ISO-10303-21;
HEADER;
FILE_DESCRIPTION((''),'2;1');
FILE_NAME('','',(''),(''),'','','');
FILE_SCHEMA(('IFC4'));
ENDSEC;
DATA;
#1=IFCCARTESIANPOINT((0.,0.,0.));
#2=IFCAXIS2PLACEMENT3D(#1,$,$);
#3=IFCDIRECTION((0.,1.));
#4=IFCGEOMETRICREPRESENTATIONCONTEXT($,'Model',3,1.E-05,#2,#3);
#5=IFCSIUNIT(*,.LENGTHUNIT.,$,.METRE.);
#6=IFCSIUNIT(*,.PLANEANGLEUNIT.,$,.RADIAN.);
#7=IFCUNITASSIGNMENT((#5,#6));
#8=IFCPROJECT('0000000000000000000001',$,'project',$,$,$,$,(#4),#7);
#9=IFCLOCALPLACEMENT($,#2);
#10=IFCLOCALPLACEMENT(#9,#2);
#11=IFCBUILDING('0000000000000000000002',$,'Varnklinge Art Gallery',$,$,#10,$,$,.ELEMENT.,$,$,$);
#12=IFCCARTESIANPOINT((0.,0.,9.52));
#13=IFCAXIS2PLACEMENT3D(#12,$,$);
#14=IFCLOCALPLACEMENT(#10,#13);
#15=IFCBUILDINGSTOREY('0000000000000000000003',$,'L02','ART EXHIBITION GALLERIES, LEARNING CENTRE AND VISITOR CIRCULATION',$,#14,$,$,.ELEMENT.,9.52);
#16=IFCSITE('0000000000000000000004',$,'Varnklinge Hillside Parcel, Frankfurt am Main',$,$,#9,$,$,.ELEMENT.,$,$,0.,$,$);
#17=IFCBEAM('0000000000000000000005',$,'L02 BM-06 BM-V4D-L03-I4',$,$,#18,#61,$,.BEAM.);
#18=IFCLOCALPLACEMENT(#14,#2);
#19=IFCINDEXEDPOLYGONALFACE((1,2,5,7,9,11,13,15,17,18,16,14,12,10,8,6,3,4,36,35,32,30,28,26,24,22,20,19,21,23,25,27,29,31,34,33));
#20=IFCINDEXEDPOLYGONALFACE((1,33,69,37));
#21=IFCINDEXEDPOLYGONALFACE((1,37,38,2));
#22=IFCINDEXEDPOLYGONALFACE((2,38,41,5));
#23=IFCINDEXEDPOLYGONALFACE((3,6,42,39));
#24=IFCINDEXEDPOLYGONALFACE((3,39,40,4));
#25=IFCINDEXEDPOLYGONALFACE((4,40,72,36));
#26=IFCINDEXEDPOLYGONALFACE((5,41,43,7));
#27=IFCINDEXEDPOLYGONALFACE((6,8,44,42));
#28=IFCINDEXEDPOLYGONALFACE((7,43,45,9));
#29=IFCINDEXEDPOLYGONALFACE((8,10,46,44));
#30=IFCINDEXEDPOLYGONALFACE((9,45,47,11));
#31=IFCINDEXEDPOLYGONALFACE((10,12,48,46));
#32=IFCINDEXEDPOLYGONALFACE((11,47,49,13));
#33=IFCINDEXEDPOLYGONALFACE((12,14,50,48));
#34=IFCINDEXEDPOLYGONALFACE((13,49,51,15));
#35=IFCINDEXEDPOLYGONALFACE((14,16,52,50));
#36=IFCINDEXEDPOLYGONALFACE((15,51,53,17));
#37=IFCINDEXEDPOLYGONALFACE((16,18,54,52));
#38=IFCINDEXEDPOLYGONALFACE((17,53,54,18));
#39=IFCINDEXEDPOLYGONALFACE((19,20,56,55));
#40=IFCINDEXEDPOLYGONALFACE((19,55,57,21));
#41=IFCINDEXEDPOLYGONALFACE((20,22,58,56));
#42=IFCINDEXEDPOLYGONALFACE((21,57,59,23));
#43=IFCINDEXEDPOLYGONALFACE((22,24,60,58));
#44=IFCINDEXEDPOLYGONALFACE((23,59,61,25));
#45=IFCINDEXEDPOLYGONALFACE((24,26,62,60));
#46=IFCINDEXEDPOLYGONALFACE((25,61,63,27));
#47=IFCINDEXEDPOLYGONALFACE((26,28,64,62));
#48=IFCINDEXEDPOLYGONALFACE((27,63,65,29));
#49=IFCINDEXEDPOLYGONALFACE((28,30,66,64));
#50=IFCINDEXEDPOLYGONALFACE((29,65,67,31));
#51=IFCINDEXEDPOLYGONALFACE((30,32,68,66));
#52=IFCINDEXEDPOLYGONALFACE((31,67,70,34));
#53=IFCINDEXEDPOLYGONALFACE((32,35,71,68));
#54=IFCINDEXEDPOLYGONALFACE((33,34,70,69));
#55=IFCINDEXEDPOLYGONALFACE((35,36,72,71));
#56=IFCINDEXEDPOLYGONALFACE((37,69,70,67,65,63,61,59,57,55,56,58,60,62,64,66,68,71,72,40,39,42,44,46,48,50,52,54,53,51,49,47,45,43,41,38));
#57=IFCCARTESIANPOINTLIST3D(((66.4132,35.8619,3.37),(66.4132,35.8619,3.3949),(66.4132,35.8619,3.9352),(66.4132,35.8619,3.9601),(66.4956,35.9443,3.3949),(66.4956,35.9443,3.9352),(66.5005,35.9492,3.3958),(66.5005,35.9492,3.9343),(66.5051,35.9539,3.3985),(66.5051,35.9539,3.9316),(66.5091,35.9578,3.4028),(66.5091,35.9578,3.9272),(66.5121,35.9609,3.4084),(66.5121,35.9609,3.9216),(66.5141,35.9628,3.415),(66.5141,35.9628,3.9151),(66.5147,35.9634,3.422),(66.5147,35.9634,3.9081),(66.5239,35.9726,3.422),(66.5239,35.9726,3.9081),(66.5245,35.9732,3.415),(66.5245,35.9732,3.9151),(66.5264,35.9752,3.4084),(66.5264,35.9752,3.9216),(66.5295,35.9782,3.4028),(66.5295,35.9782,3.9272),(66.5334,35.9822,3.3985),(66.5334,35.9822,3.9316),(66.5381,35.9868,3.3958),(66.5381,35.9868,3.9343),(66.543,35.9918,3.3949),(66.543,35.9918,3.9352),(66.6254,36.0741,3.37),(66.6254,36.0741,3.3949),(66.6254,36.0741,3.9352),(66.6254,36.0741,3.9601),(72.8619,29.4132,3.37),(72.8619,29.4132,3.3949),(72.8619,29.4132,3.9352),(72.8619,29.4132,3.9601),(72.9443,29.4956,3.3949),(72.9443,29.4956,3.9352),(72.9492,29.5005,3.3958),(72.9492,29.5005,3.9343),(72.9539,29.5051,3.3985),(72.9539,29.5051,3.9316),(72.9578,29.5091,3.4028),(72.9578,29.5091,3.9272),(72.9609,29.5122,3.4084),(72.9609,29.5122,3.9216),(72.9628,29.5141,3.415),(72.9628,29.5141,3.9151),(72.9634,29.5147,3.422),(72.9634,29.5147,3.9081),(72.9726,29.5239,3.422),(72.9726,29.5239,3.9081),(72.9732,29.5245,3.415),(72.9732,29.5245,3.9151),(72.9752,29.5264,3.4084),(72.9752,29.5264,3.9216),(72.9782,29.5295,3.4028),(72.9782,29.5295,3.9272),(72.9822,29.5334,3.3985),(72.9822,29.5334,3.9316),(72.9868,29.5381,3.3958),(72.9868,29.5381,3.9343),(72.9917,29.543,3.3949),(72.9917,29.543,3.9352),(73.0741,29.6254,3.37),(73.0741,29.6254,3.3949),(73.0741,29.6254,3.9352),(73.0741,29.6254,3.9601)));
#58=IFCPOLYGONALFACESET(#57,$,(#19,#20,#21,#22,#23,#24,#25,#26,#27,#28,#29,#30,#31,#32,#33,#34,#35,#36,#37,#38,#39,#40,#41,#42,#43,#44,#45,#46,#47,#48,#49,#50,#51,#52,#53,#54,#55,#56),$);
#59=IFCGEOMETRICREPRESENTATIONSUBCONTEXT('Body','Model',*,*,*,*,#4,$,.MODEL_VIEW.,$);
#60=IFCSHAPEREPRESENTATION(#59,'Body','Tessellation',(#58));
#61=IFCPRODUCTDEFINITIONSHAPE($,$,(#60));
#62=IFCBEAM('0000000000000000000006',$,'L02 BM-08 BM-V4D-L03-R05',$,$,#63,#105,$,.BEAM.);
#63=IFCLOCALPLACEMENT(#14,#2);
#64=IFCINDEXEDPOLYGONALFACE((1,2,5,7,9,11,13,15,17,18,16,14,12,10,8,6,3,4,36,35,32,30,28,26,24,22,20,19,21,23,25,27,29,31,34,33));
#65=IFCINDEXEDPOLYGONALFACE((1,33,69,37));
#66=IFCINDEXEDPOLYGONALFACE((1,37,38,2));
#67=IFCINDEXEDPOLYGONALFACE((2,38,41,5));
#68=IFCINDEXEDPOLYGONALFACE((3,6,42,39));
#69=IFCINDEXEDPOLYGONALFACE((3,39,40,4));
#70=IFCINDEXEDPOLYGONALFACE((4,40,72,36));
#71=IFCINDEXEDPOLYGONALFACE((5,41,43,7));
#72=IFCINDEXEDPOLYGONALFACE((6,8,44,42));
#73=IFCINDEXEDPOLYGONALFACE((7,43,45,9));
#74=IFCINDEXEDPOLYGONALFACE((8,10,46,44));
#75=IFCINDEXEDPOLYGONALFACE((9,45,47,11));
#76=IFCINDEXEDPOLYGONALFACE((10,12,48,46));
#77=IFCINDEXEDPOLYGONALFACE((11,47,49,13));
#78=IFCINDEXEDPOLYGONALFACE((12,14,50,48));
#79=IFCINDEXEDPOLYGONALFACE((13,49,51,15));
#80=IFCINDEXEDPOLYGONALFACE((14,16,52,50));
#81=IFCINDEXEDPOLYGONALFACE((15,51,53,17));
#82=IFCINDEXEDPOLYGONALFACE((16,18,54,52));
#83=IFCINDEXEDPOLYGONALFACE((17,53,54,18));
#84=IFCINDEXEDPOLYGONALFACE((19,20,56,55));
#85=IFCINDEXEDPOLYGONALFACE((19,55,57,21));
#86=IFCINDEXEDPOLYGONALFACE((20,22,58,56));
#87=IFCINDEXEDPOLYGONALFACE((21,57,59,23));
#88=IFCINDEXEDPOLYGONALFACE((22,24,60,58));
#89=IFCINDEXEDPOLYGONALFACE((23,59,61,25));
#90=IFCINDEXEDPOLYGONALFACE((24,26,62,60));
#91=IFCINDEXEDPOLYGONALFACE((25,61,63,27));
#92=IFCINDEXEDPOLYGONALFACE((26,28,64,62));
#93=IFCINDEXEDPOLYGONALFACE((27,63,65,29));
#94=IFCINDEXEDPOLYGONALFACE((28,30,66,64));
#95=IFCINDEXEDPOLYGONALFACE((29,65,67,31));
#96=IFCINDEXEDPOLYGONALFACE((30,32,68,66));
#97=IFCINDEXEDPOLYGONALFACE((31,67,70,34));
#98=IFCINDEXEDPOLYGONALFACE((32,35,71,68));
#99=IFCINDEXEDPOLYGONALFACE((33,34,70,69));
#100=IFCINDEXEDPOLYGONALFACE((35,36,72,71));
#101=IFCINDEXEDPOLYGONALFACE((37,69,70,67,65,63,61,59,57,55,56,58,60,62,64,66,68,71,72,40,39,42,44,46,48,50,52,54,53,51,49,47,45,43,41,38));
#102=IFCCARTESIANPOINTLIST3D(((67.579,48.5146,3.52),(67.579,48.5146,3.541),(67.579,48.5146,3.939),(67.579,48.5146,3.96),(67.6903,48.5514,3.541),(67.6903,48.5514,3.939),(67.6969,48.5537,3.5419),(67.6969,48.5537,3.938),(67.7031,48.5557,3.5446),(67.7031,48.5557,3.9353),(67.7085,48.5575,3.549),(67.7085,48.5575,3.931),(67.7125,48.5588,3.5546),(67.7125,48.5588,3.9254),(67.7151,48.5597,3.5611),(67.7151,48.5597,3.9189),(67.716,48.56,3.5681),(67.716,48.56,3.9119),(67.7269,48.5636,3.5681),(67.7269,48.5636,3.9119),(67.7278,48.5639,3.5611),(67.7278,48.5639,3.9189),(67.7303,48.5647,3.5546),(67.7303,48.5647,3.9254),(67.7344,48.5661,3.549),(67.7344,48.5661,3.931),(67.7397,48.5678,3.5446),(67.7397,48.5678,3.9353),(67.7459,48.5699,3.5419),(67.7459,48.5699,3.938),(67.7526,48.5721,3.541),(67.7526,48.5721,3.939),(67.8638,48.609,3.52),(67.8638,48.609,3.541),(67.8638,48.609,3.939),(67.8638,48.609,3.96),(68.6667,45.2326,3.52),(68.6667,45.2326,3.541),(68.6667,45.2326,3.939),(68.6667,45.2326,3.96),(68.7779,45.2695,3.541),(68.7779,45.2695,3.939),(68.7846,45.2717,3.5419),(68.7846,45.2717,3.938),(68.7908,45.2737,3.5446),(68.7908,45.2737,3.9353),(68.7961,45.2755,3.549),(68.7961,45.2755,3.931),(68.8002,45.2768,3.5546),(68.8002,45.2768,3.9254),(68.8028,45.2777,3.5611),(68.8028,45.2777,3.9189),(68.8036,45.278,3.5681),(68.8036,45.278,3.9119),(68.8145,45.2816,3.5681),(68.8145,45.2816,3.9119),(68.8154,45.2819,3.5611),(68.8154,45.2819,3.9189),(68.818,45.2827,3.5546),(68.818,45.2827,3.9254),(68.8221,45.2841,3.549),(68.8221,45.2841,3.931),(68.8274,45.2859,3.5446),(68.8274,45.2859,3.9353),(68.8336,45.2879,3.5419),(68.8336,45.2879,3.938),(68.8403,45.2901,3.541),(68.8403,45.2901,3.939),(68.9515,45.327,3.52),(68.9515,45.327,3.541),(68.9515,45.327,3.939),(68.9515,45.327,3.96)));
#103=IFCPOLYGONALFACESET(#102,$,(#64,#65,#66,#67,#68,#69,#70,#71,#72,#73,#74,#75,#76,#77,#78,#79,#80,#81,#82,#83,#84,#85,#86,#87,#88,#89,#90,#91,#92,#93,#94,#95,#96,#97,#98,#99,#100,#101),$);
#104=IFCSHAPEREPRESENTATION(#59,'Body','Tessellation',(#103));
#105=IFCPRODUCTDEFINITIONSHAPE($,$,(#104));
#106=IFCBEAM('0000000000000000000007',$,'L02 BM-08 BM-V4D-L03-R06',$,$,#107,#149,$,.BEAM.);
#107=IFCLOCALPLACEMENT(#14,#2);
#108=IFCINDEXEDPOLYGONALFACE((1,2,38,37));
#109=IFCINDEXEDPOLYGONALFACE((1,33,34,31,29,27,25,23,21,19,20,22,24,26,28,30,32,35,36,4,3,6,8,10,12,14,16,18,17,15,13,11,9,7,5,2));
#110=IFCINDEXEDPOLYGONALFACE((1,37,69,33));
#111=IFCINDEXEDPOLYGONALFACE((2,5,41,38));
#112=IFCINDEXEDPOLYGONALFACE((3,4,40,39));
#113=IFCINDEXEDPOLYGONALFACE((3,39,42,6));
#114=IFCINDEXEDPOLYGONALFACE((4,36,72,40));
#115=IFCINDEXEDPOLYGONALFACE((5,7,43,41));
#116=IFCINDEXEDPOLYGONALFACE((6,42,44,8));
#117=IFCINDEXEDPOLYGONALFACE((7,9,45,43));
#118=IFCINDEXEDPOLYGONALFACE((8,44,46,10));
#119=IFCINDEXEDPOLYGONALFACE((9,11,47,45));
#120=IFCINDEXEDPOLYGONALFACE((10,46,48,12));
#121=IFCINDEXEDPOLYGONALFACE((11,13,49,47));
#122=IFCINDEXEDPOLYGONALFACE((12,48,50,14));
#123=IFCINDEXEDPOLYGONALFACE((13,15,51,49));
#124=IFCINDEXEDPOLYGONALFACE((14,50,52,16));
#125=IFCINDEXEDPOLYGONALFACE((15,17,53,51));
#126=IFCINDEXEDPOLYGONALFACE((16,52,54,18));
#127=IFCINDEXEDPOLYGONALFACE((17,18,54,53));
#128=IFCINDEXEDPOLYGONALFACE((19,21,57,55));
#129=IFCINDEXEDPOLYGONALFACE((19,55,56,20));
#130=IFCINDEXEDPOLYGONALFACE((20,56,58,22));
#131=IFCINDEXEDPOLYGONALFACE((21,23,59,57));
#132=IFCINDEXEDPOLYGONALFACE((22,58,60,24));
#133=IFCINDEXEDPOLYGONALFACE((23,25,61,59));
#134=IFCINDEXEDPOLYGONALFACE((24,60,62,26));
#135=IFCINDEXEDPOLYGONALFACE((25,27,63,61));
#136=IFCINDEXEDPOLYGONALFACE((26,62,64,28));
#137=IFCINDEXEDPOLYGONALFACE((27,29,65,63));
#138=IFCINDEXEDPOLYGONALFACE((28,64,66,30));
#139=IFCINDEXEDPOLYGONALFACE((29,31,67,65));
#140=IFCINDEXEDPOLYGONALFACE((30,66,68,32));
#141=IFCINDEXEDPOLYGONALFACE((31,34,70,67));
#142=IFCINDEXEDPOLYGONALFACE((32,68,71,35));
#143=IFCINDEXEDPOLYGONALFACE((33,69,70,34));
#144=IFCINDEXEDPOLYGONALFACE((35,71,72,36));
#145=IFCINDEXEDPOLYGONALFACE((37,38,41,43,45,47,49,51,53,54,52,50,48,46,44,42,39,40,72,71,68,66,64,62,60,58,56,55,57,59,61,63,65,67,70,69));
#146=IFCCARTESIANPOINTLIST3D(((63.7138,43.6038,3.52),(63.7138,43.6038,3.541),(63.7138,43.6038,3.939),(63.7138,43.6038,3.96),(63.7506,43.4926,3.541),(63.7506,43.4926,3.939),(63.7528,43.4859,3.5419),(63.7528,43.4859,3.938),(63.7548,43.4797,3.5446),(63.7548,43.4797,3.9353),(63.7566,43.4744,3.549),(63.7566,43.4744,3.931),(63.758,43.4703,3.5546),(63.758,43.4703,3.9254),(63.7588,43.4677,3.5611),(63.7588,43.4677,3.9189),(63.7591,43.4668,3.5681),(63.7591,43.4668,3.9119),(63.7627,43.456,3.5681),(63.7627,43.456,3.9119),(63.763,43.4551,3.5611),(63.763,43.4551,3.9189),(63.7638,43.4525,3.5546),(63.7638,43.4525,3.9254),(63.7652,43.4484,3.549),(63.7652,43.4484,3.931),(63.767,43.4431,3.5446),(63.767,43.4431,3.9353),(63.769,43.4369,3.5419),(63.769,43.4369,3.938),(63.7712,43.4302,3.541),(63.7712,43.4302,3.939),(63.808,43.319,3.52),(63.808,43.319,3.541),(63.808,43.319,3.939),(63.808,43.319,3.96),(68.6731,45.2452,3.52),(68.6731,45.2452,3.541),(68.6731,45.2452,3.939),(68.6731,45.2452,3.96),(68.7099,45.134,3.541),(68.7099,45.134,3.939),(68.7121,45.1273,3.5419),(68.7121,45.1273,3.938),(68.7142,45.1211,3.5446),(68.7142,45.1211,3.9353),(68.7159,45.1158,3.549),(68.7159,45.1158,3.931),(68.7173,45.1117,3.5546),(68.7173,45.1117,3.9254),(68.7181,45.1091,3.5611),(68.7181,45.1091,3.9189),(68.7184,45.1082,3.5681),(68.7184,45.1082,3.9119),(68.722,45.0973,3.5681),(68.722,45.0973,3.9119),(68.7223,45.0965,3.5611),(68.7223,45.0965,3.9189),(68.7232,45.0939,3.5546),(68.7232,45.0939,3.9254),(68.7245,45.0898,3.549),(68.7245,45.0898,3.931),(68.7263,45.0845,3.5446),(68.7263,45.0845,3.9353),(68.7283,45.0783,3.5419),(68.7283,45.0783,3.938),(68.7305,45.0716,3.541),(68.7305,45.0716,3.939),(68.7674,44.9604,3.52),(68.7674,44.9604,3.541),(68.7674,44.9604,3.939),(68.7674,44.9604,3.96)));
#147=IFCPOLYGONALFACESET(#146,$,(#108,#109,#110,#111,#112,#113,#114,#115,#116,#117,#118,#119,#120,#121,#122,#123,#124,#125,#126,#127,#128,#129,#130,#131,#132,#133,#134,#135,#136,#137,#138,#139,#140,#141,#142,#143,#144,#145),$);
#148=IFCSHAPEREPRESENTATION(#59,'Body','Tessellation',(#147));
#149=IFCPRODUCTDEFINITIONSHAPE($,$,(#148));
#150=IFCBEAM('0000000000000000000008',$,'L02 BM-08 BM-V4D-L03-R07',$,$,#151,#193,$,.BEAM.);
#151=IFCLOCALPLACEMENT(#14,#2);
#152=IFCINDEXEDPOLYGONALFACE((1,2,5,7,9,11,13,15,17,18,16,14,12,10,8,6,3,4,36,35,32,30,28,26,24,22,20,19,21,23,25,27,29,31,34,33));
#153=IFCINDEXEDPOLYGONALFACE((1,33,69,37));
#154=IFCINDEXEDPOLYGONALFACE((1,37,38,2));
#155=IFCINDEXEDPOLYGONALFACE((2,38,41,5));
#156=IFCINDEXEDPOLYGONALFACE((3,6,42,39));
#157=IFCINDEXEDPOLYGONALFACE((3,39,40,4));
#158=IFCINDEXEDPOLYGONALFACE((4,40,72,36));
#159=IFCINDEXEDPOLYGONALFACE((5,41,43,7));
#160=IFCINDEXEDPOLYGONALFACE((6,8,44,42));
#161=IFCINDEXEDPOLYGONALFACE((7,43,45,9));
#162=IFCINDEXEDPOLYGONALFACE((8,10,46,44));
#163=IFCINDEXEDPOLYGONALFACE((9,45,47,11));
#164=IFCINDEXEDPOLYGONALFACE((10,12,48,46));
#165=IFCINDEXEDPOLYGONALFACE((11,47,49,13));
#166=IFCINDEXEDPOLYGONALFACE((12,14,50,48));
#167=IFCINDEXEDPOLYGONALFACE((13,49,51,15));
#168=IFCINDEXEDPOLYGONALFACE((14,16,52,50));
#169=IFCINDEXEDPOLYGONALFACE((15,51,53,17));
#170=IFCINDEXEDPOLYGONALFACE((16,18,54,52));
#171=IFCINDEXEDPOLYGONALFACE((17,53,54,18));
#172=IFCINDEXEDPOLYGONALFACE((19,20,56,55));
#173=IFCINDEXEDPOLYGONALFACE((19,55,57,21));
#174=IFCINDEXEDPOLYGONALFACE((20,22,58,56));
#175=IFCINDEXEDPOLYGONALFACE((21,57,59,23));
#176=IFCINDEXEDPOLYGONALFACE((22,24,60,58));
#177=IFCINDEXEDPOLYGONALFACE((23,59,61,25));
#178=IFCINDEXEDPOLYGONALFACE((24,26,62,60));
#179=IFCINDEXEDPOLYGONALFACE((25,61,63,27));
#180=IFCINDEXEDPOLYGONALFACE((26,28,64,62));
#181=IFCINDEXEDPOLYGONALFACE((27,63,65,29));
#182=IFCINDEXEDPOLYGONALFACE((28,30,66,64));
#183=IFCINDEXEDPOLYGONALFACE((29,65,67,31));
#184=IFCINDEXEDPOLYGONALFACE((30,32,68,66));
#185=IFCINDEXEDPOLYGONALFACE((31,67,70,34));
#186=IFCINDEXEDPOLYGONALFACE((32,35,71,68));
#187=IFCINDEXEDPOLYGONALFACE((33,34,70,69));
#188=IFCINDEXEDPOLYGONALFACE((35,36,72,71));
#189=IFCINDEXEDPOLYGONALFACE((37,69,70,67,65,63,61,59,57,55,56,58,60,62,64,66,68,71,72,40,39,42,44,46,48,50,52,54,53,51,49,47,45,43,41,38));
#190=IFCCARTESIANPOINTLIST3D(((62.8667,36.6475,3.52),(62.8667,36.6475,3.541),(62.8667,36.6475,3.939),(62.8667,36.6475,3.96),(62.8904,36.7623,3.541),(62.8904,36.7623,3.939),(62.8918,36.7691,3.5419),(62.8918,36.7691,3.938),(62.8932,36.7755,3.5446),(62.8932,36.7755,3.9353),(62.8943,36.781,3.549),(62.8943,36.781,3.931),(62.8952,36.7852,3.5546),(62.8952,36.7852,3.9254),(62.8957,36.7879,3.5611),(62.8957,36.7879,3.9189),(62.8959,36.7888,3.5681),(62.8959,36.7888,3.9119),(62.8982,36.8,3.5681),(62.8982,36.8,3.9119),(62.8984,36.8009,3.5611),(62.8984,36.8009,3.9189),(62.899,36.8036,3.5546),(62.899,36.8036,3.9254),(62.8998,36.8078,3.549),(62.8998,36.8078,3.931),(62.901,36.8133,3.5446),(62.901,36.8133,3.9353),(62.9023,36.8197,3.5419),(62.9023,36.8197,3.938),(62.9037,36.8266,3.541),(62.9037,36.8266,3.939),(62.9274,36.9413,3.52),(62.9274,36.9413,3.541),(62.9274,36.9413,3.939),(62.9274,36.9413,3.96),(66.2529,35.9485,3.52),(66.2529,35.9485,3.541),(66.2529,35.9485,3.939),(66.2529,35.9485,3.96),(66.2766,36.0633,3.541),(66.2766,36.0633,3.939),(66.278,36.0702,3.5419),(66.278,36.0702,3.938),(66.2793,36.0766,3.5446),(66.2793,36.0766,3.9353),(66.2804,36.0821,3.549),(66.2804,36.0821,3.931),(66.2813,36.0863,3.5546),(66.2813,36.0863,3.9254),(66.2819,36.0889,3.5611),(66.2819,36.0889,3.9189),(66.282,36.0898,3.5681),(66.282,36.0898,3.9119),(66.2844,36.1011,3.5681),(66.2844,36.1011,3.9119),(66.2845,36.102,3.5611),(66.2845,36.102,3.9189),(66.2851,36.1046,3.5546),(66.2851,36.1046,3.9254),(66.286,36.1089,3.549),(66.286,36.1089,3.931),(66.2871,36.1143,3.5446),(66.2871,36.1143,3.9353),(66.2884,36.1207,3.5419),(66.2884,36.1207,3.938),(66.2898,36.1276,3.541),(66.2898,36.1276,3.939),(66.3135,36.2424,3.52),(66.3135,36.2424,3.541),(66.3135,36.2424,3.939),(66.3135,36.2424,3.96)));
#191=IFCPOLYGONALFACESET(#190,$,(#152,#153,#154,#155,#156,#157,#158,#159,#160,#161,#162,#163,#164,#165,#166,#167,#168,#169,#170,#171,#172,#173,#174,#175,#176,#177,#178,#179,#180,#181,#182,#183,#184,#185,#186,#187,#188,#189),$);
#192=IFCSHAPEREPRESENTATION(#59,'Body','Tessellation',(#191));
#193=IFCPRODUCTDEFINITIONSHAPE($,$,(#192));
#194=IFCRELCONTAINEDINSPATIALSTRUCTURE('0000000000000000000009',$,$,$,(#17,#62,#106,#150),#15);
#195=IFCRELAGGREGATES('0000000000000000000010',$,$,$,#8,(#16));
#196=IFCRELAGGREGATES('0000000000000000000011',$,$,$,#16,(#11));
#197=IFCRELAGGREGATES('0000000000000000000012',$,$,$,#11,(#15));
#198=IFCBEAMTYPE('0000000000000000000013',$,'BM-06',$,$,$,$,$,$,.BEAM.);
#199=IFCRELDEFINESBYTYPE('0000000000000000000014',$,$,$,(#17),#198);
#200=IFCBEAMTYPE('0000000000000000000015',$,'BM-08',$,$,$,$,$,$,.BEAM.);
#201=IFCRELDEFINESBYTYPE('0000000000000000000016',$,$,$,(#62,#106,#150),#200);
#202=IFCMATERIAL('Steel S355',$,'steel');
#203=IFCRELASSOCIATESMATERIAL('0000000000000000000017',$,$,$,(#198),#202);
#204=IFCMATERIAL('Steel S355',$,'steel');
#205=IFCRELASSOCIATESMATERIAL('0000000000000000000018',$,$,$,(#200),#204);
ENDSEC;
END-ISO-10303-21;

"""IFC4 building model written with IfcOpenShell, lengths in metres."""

from ifc_helpers import new_model, si_unit, direction, frame, origin, origin_2d, place, context, subcontext, project, spatial, i_section, extrude, material, material_profile, profile_set, type_object, element, save


model = new_model("IFC4")

# Units and contexts
model_context = context("Model", 3, precision=1e-05, world=origin(), true_north=direction((0.0, 1.0)))
body_context = subcontext(model_context, "Body", "Model", "MODEL_VIEW")
ifc_project = project(units=[si_unit("LENGTHUNIT", "METRE"), si_unit("PLANEANGLEUNIT", "RADIAN")], contexts=[model_context])

# Site, building, storey
site_placement = place(None, origin())
site = spatial("IfcSite", under=ifc_project, at=site_placement, Name="Varnklinge Hillside Parcel, Frankfurt am Main", CompositionType="ELEMENT", RefElevation=0.0)
building_placement = place(site_placement, origin())
building = spatial("IfcBuilding", under=site, at=building_placement, Name="Varnklinge Art Gallery", CompositionType="ELEMENT")
storey_placement = place(building_placement, frame((0.0, 0.0, 9.52)))
storey = spatial("IfcBuildingStorey", under=building, at=storey_placement, Name="L02", Description="ART EXHIBITION GALLERIES, LEARNING CENTRE AND VISITOR CIRCULATION", CompositionType="ELEMENT", Elevation=9.52)

# Beams
ifc_material_1 = material(Name="Steel S355", Category="steel")
ifc_material_profile_1 = material_profile(ifc_material_1, i_section(OverallWidth=0.3, OverallDepth=0.5901, WebThickness=0.0129, FlangeThickness=0.0249, FilletRadius=0.0271, at=origin_2d()), Name="HEA 600")
ifc_profile_set_1 = profile_set([ifc_material_profile_1], Name="Steel S355")
beam_type_1 = type_object("IfcBeamType", Name="BM-06", PredefinedType="BEAM", material=ifc_profile_set_1)
beam_1_placement = place(storey_placement, frame((66.5193, 35.968, 3.665), z_axis=(0.707107, -0.707107, 0.0), x_axis=(0.707107, 0.707107, 0.0)))
element("IfcBeam", 1, at=beam_1_placement, inside=storey, type_object=beam_type_1, Name="L02 BM-06 BM-V4D-L03-I4", PredefinedType="BEAM", context=body_context, shape_type="SweptSolid", body=[
    extrude(i_section(OverallWidth=0.3, OverallDepth=0.5901, WebThickness=0.0129, FlangeThickness=0.0249, FilletRadius=0.0271, at=origin_2d()), origin(), (0.0, 0.0, 1.0), 9.1199),
])
ifc_material_2 = material(Name="Steel S355", Category="steel")
ifc_material_profile_2 = material_profile(ifc_material_2, i_section(OverallWidth=0.3, OverallDepth=0.4399, WebThickness=0.0115, FlangeThickness=0.021, FilletRadius=0.0271, at=origin_2d()), Name="HEA 450")
ifc_profile_set_2 = profile_set([ifc_material_profile_2], Name="Steel S355")
beam_type_2 = type_object("IfcBeamType", Name="BM-08", PredefinedType="BEAM", material=ifc_profile_set_2)
beam_2_placement = place(storey_placement, frame((68.8091, 45.2798, 3.74), z_axis=(-0.314575, 0.949233, 0.0), x_axis=(-0.949233, -0.314575, 0.0)))
element("IfcBeam", 2, at=beam_2_placement, inside=storey, type_object=beam_type_2, Name="L02 BM-08 BM-V4D-L03-R05", PredefinedType="BEAM", context=body_context, shape_type="SweptSolid", body=[
    extrude(i_section(OverallWidth=0.3, OverallDepth=0.4399, WebThickness=0.0115, FlangeThickness=0.021, FilletRadius=0.0271, at=origin_2d()), origin(), (0.0, 0.0, 1.0), 3.4575),
])
beam_3_placement = place(storey_placement, frame((68.7202, 45.1028, 3.74), z_axis=(-0.949354, -0.314208, 0.0), x_axis=(0.314208, -0.949354, 0.0)))
element("IfcBeam", 3, at=beam_3_placement, inside=storey, type_object=beam_type_2, Name="L02 BM-08 BM-V4D-L03-R06", PredefinedType="BEAM", context=body_context, shape_type="SweptSolid", body=[
    extrude(i_section(OverallWidth=0.3, OverallDepth=0.4399, WebThickness=0.0115, FlangeThickness=0.021, FilletRadius=0.0271, at=origin_2d()), origin(), (0.0, 0.0, 1.0), 5.2239),
])
beam_4_placement = place(storey_placement, frame((66.2832, 36.0955, 3.74), z_axis=(-0.979354, 0.202155, 0.0), x_axis=(-0.202155, -0.979354, 0.0)))
element("IfcBeam", 4, at=beam_4_placement, inside=storey, type_object=beam_type_2, Name="L02 BM-08 BM-V4D-L03-R07", PredefinedType="BEAM", context=body_context, shape_type="SweptSolid", body=[
    extrude(i_section(OverallWidth=0.3, OverallDepth=0.4399, WebThickness=0.0115, FlangeThickness=0.021, FilletRadius=0.0271, at=origin_2d()), origin(), (0.0, 0.0, 1.0), 3.4575),
])

save(model, "model.ifc")
